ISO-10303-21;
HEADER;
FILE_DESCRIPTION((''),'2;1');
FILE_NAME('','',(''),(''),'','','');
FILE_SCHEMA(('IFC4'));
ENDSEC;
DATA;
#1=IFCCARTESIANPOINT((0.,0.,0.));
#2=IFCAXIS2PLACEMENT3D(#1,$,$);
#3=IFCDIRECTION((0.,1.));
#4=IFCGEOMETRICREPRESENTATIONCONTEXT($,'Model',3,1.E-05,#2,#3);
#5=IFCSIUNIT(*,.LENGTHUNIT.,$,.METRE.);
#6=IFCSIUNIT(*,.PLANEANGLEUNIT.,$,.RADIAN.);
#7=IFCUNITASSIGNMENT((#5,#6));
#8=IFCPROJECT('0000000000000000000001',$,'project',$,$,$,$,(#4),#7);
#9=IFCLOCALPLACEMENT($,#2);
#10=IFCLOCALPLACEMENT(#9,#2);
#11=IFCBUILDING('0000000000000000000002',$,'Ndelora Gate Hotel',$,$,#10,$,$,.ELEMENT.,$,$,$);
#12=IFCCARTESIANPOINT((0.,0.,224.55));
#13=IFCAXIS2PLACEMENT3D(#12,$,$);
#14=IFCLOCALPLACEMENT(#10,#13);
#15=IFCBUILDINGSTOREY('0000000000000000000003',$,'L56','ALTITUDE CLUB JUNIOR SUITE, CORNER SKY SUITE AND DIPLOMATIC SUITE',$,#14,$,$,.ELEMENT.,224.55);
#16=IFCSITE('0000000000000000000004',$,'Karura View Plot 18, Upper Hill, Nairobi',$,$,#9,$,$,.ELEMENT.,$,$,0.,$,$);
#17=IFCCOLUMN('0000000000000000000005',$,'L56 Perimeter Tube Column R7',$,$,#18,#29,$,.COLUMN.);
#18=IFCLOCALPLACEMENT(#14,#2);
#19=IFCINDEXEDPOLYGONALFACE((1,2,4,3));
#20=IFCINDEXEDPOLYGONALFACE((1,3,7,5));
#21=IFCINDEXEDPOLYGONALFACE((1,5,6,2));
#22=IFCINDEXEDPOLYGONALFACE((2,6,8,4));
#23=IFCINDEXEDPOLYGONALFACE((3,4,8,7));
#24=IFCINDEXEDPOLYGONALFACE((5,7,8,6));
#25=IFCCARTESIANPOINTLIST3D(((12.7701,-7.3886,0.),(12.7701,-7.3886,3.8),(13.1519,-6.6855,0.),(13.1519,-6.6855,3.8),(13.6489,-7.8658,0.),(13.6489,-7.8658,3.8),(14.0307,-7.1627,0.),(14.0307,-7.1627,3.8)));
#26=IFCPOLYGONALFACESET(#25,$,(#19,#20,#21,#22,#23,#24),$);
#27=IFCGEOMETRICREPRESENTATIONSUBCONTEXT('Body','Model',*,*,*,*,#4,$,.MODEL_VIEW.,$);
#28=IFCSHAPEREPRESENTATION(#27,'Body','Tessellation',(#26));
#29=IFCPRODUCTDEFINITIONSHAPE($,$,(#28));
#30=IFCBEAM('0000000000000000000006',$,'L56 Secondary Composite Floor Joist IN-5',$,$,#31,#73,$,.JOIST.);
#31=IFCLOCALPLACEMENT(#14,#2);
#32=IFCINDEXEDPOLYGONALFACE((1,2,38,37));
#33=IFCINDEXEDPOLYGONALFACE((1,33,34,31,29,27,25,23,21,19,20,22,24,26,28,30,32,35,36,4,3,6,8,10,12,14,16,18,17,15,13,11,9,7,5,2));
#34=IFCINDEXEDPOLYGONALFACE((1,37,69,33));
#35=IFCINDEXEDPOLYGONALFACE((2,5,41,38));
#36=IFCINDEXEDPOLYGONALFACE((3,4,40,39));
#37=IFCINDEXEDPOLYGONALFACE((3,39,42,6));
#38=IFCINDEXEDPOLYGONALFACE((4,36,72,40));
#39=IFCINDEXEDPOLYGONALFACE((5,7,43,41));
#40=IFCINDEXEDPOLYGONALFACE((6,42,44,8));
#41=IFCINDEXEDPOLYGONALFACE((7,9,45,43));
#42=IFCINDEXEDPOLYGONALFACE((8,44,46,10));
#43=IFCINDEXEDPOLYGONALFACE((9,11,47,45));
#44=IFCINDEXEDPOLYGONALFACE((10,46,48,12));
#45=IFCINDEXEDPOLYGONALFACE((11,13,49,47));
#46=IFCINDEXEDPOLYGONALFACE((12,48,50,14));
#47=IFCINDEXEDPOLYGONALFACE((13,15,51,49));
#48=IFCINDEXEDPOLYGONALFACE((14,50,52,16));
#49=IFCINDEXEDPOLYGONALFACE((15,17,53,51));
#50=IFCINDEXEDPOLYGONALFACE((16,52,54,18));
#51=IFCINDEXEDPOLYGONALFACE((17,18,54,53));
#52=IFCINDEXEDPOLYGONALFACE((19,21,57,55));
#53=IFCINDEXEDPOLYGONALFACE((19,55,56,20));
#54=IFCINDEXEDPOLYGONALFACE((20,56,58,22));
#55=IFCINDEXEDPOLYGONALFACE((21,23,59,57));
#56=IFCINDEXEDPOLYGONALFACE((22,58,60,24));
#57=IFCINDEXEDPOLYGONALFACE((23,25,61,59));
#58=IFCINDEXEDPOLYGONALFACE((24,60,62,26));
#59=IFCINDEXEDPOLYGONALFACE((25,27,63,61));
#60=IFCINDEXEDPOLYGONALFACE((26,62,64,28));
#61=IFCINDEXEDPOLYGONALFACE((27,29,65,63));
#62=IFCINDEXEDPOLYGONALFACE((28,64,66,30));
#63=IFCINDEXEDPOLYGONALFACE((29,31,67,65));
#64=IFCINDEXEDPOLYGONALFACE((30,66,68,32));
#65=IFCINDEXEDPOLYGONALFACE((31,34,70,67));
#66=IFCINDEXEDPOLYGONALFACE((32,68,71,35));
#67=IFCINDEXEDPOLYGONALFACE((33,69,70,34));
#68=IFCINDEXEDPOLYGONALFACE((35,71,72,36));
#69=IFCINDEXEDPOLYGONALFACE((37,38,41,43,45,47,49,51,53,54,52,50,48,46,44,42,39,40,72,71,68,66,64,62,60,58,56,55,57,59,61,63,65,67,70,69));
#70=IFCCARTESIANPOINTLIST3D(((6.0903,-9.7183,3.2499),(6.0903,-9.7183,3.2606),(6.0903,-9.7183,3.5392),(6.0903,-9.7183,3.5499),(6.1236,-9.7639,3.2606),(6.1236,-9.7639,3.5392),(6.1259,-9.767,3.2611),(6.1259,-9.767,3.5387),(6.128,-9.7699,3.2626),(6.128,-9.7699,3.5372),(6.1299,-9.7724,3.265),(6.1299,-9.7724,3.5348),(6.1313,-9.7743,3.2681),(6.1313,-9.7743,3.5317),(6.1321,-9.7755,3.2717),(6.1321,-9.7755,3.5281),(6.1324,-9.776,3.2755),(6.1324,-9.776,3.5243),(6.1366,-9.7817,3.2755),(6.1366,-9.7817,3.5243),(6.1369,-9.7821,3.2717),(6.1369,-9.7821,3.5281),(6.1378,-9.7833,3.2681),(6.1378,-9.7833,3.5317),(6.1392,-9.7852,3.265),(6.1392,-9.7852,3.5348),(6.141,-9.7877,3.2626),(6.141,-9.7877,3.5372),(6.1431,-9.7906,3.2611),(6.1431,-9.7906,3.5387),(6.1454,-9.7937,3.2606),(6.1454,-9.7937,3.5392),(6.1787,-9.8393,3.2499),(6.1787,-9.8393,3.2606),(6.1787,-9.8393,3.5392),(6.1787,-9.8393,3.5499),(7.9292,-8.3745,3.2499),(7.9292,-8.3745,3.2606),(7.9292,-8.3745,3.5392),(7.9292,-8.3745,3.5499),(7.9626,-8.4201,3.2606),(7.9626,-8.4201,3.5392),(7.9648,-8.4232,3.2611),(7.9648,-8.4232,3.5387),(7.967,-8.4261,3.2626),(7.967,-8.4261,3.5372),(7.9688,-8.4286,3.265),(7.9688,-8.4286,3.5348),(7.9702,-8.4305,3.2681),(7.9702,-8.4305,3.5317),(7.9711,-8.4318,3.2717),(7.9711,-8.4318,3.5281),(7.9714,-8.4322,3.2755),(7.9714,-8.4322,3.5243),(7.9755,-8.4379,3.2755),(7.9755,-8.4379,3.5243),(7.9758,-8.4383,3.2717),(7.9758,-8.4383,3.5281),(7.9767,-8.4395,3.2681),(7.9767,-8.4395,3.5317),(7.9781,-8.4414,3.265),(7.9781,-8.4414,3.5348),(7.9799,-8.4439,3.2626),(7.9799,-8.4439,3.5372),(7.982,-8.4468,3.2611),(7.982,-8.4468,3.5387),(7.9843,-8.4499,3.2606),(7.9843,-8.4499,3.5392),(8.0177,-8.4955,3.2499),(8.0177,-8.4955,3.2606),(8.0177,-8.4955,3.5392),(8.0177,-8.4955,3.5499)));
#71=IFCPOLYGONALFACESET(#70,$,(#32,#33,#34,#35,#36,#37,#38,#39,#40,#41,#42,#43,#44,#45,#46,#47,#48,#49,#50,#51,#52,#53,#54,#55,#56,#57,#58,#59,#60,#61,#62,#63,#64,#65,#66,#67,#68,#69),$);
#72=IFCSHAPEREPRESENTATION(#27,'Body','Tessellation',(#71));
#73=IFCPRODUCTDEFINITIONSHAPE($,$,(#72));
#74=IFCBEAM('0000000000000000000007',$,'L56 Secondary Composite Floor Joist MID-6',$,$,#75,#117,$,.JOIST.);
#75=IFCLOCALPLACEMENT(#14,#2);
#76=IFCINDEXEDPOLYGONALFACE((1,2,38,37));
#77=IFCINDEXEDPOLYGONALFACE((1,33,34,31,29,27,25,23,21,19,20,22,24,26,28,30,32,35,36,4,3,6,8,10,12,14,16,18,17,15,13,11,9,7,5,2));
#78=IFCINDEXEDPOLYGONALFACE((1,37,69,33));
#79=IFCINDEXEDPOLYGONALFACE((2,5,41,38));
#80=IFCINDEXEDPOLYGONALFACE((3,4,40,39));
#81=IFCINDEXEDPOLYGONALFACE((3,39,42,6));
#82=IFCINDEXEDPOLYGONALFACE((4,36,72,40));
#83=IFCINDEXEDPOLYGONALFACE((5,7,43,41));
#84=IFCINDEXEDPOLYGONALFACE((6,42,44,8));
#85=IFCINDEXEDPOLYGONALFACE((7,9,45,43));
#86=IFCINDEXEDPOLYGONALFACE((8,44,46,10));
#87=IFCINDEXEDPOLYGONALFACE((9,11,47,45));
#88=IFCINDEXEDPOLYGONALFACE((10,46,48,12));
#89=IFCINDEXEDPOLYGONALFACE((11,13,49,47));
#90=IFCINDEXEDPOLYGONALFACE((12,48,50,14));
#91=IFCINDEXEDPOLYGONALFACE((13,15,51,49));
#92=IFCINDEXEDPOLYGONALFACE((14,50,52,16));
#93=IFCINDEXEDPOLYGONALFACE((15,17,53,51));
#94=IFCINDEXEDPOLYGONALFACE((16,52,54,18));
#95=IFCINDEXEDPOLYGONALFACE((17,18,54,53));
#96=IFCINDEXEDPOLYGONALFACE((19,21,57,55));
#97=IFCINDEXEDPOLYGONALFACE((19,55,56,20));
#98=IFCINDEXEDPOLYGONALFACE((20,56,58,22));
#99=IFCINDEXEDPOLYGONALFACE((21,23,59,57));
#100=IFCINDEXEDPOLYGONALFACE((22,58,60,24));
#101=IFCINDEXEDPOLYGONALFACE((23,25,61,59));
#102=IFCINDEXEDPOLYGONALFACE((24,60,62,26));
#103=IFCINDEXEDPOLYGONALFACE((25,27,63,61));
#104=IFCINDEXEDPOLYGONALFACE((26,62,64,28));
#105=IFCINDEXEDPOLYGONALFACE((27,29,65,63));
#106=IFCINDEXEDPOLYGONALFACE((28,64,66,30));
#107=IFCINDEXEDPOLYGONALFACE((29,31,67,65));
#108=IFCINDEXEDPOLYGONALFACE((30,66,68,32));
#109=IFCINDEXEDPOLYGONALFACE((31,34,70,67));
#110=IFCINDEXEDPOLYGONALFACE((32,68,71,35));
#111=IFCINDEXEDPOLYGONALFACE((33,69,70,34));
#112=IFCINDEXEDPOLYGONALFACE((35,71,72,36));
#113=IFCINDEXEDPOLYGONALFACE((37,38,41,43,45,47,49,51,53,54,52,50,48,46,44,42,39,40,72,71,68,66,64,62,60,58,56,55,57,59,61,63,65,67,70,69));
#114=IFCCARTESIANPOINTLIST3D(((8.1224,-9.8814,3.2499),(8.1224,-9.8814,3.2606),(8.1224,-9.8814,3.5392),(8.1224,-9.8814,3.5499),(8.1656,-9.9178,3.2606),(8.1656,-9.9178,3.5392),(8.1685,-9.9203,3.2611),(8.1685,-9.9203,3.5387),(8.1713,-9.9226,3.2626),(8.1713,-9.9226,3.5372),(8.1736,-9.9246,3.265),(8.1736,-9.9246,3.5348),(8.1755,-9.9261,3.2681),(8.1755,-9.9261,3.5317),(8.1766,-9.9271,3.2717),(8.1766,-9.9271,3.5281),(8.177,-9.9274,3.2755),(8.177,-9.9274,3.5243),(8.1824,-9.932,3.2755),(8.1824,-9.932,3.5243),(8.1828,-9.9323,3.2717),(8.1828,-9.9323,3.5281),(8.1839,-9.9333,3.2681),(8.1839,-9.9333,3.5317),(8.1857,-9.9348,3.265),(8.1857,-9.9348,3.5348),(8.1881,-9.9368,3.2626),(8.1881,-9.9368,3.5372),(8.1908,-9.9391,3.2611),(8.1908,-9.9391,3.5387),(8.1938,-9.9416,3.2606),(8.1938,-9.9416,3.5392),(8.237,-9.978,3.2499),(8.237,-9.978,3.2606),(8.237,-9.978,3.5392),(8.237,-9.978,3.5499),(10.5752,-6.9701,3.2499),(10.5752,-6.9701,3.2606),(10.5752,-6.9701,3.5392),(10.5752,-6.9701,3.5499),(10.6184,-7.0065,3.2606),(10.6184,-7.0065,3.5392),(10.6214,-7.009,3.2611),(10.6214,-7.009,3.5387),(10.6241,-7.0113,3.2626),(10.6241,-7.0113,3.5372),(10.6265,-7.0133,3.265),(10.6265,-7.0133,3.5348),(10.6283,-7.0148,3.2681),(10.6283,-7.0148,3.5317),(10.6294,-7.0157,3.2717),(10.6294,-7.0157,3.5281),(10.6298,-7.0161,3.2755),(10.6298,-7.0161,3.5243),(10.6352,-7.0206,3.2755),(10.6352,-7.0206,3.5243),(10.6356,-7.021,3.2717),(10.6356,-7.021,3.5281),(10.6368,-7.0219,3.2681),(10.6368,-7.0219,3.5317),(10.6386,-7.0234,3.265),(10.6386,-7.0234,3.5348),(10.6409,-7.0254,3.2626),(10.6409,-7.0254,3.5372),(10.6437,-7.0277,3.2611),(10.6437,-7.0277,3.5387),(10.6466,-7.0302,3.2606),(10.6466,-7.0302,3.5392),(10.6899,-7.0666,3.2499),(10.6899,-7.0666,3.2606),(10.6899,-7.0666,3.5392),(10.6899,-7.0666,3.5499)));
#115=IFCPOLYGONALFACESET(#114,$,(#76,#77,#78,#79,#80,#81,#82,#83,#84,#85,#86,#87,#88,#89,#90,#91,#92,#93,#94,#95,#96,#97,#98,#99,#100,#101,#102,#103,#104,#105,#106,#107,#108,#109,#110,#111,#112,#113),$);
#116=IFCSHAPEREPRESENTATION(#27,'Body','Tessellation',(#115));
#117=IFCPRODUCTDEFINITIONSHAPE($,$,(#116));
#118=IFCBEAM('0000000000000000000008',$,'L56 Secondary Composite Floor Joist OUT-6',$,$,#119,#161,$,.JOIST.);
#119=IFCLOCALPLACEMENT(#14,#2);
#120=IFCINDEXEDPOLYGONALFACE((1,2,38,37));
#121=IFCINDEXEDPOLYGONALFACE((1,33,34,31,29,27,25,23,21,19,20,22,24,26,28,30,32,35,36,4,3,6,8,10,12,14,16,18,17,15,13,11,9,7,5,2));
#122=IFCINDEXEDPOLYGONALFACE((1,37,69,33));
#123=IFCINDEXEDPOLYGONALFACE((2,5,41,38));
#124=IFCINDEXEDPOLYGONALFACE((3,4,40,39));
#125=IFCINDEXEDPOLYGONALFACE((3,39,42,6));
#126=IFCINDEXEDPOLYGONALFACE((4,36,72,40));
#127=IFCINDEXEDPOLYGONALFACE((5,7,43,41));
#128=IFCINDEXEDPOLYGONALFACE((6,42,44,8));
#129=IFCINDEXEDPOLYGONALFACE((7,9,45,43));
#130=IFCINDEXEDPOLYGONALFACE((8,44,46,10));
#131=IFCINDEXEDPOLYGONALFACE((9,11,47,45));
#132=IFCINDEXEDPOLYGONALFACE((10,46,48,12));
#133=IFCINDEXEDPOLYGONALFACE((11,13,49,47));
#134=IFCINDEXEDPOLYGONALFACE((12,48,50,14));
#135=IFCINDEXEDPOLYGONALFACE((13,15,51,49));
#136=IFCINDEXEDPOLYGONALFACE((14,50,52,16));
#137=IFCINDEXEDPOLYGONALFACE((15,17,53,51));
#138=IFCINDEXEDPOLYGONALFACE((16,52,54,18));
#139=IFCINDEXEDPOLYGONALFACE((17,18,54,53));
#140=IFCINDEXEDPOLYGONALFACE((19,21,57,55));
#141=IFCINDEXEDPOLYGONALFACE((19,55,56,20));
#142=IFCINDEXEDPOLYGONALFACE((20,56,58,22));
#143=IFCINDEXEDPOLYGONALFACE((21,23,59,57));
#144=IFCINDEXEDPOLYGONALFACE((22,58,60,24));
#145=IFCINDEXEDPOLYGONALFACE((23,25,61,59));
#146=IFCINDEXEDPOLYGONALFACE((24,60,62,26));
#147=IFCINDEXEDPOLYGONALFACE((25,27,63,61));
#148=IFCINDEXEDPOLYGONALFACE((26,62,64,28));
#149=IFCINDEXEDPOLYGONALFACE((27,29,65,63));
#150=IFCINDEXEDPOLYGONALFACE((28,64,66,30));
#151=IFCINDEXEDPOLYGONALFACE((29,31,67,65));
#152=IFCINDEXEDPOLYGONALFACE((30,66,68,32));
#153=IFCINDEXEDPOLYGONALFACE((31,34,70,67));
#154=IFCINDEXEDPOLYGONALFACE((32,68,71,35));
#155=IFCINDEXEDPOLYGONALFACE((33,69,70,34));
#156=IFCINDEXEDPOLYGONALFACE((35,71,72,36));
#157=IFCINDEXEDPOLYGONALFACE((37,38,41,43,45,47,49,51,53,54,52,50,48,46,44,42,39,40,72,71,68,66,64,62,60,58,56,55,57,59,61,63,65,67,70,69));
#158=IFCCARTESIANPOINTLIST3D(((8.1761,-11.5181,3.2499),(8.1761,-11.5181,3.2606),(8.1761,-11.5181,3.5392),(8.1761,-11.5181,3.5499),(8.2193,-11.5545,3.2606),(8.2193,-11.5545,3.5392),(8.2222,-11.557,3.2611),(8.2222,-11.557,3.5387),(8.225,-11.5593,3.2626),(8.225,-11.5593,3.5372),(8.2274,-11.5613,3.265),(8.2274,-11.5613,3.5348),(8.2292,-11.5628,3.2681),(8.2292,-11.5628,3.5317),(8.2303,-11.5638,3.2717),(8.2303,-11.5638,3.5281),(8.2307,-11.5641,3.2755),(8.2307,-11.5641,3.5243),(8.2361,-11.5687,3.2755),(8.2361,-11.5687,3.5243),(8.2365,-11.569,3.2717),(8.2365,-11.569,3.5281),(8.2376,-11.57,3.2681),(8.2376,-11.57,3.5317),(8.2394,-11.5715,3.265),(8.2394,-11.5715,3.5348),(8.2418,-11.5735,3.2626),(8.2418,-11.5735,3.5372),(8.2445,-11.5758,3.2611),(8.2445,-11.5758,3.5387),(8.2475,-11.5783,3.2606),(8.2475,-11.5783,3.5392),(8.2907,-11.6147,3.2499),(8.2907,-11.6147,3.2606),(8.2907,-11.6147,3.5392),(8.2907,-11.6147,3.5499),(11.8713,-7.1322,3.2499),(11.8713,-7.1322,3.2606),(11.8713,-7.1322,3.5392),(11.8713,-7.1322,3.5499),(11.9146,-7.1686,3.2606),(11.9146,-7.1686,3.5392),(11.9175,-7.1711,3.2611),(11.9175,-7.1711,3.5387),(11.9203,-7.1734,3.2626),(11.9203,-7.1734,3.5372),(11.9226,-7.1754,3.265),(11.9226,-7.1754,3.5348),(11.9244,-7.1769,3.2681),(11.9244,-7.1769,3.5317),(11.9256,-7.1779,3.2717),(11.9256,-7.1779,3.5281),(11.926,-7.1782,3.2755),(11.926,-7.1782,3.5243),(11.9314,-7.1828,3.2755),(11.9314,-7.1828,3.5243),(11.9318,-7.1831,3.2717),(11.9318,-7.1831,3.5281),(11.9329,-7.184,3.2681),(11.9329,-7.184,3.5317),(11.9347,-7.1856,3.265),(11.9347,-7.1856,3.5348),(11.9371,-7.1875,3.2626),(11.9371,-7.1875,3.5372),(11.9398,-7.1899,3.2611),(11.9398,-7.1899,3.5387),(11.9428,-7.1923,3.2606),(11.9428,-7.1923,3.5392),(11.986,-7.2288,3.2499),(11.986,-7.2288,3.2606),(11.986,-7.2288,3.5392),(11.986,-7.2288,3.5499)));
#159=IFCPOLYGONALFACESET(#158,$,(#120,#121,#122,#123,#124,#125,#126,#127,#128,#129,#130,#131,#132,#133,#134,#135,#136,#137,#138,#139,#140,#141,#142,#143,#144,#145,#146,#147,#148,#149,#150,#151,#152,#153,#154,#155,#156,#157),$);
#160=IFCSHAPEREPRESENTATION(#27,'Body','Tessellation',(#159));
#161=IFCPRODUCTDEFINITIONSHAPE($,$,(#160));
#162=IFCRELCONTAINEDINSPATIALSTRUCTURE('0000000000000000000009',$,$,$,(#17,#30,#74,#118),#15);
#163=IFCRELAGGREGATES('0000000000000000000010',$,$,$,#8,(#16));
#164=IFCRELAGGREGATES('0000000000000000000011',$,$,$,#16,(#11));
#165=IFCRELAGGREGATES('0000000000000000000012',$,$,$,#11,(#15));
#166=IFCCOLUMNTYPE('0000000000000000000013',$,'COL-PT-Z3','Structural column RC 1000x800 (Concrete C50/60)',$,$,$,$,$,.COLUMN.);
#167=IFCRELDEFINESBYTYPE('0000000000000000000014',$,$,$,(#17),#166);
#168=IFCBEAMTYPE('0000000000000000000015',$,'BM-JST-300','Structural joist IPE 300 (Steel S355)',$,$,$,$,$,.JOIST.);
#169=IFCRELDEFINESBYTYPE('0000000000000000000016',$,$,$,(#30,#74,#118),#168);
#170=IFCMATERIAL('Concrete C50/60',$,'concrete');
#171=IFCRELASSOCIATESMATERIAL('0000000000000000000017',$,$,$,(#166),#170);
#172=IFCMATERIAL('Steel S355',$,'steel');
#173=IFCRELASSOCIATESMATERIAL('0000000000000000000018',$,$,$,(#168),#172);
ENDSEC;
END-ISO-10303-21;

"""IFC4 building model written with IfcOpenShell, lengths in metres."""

from ifc_helpers import new_model, si_unit, direction, frame, origin, origin_2d, place, context, subcontext, project, spatial, rectangle, i_section, extrude, material, material_profile, profile_set, type_object, element, save


model = new_model("IFC4")

# Units and contexts
model_context = context("Model", 3, precision=1e-05, world=origin(), true_north=direction((0.0, 1.0)))
body_context = subcontext(model_context, "Body", "Model", "MODEL_VIEW")
ifc_project = project(units=[si_unit("LENGTHUNIT", "METRE"), si_unit("PLANEANGLEUNIT", "RADIAN")], contexts=[model_context])

# Site, building, storey
site_placement = place(None, origin())
site = spatial("IfcSite", under=ifc_project, at=site_placement, Name="Karura View Plot 18, Upper Hill, Nairobi", CompositionType="ELEMENT", RefElevation=0.0)
building_placement = place(site_placement, origin())
building = spatial("IfcBuilding", under=site, at=building_placement, Name="Ndelora Gate Hotel", CompositionType="ELEMENT")
storey_placement = place(building_placement, frame((0.0, 0.0, 224.55)))
storey = spatial("IfcBuildingStorey", under=building, at=storey_placement, Name="L56", Description="ALTITUDE CLUB JUNIOR SUITE, CORNER SKY SUITE AND DIPLOMATIC SUITE", CompositionType="ELEMENT", Elevation=224.55)

# Column
ifc_material_1 = material(Name="Concrete C50/60", Category="concrete")
ifc_material_profile_1 = material_profile(ifc_material_1, rectangle(XDim=0.8, YDim=1.0, at=origin_2d()), Name="RC 1000x800")
ifc_profile_set_1 = profile_set([ifc_material_profile_1], Name="Concrete C50/60")
column_type = type_object("IfcColumnType", Name="COL-PT-Z3", Description="Structural column RC 1000x800 (Concrete C50/60)", PredefinedType="COLUMN", material=ifc_profile_set_1)
column_placement = place(storey_placement, frame((13.4004, -7.2756, 0.0), z_axis=(0.0, 0.0, 1.0), x_axis=(0.477159, 0.878817, 0.0)))
element("IfcColumn", 1, at=column_placement, inside=storey, type_object=column_type, Name="L56 Perimeter Tube Column R7", PredefinedType="COLUMN", context=body_context, shape_type="SweptSolid", body=[
    extrude(rectangle(XDim=0.8, YDim=1.0, at=origin_2d()), origin(), (0.0, 0.0, 1.0), 3.8),
])

# Beams
ifc_material_2 = material(Name="Steel S355", Category="steel")
ifc_material_profile_2 = material_profile(ifc_material_2, i_section(OverallWidth=0.1499, OverallDepth=0.3, WebThickness=0.0071, FlangeThickness=0.0107, FilletRadius=0.0149, at=origin_2d()), Name="IPE 300")
ifc_profile_set_2 = profile_set([ifc_material_profile_2], Name="Steel S355")
beam_type_1 = type_object("IfcBeamType", Name="BM-JST-300", Description="Structural joist IPE 300 (Steel S355)", PredefinedType="JOIST", material=ifc_profile_set_2)
beam_1_placement = place(storey_placement, frame((6.1345, -9.7788, 3.3999), z_axis=(0.807399, 0.590006, 0.0), x_axis=(-0.590006, 0.807399, 0.0)))
element("IfcBeam", 2, at=beam_1_placement, inside=storey, type_object=beam_type_1, Name="L56 Secondary Composite Floor Joist IN-5", PredefinedType="JOIST", context=body_context, shape_type="SweptSolid", body=[
    extrude(i_section(OverallWidth=0.1499, OverallDepth=0.3, WebThickness=0.0071, FlangeThickness=0.0107, FilletRadius=0.0149, at=origin_2d()), origin(), (0.0, 0.0, 1.0), 2.2776),
])
beam_2_placement = place(storey_placement, frame((8.1797, -9.9297, 3.3999), z_axis=(0.644319, 0.764757, 0.0), x_axis=(-0.764757, 0.644319, 0.0)))
element("IfcBeam", 3, at=beam_2_placement, inside=storey, type_object=beam_type_1, Name="L56 Secondary Composite Floor Joist MID-6", PredefinedType="JOIST", context=body_context, shape_type="SweptSolid", body=[
    extrude(i_section(OverallWidth=0.1499, OverallDepth=0.3, WebThickness=0.0071, FlangeThickness=0.0107, FilletRadius=0.0149, at=origin_2d()), origin(), (0.0, 0.0, 1.0), 3.8069),
])
beam_3_placement = place(storey_placement, frame((8.2334, -11.5664, 3.3999), z_axis=(0.644324, 0.764752, 0.0), x_axis=(-0.764752, 0.644324, 0.0)))
element("IfcBeam", 4, at=beam_3_placement, inside=storey, type_object=beam_type_1, Name="L56 Secondary Composite Floor Joist OUT-6", PredefinedType="JOIST", context=body_context, shape_type="SweptSolid", body=[
    extrude(i_section(OverallWidth=0.1499, OverallDepth=0.3, WebThickness=0.0071, FlangeThickness=0.0107, FilletRadius=0.0149, at=origin_2d()), origin(), (0.0, 0.0, 1.0), 5.7351),
])

save(model, "model.ifc")
